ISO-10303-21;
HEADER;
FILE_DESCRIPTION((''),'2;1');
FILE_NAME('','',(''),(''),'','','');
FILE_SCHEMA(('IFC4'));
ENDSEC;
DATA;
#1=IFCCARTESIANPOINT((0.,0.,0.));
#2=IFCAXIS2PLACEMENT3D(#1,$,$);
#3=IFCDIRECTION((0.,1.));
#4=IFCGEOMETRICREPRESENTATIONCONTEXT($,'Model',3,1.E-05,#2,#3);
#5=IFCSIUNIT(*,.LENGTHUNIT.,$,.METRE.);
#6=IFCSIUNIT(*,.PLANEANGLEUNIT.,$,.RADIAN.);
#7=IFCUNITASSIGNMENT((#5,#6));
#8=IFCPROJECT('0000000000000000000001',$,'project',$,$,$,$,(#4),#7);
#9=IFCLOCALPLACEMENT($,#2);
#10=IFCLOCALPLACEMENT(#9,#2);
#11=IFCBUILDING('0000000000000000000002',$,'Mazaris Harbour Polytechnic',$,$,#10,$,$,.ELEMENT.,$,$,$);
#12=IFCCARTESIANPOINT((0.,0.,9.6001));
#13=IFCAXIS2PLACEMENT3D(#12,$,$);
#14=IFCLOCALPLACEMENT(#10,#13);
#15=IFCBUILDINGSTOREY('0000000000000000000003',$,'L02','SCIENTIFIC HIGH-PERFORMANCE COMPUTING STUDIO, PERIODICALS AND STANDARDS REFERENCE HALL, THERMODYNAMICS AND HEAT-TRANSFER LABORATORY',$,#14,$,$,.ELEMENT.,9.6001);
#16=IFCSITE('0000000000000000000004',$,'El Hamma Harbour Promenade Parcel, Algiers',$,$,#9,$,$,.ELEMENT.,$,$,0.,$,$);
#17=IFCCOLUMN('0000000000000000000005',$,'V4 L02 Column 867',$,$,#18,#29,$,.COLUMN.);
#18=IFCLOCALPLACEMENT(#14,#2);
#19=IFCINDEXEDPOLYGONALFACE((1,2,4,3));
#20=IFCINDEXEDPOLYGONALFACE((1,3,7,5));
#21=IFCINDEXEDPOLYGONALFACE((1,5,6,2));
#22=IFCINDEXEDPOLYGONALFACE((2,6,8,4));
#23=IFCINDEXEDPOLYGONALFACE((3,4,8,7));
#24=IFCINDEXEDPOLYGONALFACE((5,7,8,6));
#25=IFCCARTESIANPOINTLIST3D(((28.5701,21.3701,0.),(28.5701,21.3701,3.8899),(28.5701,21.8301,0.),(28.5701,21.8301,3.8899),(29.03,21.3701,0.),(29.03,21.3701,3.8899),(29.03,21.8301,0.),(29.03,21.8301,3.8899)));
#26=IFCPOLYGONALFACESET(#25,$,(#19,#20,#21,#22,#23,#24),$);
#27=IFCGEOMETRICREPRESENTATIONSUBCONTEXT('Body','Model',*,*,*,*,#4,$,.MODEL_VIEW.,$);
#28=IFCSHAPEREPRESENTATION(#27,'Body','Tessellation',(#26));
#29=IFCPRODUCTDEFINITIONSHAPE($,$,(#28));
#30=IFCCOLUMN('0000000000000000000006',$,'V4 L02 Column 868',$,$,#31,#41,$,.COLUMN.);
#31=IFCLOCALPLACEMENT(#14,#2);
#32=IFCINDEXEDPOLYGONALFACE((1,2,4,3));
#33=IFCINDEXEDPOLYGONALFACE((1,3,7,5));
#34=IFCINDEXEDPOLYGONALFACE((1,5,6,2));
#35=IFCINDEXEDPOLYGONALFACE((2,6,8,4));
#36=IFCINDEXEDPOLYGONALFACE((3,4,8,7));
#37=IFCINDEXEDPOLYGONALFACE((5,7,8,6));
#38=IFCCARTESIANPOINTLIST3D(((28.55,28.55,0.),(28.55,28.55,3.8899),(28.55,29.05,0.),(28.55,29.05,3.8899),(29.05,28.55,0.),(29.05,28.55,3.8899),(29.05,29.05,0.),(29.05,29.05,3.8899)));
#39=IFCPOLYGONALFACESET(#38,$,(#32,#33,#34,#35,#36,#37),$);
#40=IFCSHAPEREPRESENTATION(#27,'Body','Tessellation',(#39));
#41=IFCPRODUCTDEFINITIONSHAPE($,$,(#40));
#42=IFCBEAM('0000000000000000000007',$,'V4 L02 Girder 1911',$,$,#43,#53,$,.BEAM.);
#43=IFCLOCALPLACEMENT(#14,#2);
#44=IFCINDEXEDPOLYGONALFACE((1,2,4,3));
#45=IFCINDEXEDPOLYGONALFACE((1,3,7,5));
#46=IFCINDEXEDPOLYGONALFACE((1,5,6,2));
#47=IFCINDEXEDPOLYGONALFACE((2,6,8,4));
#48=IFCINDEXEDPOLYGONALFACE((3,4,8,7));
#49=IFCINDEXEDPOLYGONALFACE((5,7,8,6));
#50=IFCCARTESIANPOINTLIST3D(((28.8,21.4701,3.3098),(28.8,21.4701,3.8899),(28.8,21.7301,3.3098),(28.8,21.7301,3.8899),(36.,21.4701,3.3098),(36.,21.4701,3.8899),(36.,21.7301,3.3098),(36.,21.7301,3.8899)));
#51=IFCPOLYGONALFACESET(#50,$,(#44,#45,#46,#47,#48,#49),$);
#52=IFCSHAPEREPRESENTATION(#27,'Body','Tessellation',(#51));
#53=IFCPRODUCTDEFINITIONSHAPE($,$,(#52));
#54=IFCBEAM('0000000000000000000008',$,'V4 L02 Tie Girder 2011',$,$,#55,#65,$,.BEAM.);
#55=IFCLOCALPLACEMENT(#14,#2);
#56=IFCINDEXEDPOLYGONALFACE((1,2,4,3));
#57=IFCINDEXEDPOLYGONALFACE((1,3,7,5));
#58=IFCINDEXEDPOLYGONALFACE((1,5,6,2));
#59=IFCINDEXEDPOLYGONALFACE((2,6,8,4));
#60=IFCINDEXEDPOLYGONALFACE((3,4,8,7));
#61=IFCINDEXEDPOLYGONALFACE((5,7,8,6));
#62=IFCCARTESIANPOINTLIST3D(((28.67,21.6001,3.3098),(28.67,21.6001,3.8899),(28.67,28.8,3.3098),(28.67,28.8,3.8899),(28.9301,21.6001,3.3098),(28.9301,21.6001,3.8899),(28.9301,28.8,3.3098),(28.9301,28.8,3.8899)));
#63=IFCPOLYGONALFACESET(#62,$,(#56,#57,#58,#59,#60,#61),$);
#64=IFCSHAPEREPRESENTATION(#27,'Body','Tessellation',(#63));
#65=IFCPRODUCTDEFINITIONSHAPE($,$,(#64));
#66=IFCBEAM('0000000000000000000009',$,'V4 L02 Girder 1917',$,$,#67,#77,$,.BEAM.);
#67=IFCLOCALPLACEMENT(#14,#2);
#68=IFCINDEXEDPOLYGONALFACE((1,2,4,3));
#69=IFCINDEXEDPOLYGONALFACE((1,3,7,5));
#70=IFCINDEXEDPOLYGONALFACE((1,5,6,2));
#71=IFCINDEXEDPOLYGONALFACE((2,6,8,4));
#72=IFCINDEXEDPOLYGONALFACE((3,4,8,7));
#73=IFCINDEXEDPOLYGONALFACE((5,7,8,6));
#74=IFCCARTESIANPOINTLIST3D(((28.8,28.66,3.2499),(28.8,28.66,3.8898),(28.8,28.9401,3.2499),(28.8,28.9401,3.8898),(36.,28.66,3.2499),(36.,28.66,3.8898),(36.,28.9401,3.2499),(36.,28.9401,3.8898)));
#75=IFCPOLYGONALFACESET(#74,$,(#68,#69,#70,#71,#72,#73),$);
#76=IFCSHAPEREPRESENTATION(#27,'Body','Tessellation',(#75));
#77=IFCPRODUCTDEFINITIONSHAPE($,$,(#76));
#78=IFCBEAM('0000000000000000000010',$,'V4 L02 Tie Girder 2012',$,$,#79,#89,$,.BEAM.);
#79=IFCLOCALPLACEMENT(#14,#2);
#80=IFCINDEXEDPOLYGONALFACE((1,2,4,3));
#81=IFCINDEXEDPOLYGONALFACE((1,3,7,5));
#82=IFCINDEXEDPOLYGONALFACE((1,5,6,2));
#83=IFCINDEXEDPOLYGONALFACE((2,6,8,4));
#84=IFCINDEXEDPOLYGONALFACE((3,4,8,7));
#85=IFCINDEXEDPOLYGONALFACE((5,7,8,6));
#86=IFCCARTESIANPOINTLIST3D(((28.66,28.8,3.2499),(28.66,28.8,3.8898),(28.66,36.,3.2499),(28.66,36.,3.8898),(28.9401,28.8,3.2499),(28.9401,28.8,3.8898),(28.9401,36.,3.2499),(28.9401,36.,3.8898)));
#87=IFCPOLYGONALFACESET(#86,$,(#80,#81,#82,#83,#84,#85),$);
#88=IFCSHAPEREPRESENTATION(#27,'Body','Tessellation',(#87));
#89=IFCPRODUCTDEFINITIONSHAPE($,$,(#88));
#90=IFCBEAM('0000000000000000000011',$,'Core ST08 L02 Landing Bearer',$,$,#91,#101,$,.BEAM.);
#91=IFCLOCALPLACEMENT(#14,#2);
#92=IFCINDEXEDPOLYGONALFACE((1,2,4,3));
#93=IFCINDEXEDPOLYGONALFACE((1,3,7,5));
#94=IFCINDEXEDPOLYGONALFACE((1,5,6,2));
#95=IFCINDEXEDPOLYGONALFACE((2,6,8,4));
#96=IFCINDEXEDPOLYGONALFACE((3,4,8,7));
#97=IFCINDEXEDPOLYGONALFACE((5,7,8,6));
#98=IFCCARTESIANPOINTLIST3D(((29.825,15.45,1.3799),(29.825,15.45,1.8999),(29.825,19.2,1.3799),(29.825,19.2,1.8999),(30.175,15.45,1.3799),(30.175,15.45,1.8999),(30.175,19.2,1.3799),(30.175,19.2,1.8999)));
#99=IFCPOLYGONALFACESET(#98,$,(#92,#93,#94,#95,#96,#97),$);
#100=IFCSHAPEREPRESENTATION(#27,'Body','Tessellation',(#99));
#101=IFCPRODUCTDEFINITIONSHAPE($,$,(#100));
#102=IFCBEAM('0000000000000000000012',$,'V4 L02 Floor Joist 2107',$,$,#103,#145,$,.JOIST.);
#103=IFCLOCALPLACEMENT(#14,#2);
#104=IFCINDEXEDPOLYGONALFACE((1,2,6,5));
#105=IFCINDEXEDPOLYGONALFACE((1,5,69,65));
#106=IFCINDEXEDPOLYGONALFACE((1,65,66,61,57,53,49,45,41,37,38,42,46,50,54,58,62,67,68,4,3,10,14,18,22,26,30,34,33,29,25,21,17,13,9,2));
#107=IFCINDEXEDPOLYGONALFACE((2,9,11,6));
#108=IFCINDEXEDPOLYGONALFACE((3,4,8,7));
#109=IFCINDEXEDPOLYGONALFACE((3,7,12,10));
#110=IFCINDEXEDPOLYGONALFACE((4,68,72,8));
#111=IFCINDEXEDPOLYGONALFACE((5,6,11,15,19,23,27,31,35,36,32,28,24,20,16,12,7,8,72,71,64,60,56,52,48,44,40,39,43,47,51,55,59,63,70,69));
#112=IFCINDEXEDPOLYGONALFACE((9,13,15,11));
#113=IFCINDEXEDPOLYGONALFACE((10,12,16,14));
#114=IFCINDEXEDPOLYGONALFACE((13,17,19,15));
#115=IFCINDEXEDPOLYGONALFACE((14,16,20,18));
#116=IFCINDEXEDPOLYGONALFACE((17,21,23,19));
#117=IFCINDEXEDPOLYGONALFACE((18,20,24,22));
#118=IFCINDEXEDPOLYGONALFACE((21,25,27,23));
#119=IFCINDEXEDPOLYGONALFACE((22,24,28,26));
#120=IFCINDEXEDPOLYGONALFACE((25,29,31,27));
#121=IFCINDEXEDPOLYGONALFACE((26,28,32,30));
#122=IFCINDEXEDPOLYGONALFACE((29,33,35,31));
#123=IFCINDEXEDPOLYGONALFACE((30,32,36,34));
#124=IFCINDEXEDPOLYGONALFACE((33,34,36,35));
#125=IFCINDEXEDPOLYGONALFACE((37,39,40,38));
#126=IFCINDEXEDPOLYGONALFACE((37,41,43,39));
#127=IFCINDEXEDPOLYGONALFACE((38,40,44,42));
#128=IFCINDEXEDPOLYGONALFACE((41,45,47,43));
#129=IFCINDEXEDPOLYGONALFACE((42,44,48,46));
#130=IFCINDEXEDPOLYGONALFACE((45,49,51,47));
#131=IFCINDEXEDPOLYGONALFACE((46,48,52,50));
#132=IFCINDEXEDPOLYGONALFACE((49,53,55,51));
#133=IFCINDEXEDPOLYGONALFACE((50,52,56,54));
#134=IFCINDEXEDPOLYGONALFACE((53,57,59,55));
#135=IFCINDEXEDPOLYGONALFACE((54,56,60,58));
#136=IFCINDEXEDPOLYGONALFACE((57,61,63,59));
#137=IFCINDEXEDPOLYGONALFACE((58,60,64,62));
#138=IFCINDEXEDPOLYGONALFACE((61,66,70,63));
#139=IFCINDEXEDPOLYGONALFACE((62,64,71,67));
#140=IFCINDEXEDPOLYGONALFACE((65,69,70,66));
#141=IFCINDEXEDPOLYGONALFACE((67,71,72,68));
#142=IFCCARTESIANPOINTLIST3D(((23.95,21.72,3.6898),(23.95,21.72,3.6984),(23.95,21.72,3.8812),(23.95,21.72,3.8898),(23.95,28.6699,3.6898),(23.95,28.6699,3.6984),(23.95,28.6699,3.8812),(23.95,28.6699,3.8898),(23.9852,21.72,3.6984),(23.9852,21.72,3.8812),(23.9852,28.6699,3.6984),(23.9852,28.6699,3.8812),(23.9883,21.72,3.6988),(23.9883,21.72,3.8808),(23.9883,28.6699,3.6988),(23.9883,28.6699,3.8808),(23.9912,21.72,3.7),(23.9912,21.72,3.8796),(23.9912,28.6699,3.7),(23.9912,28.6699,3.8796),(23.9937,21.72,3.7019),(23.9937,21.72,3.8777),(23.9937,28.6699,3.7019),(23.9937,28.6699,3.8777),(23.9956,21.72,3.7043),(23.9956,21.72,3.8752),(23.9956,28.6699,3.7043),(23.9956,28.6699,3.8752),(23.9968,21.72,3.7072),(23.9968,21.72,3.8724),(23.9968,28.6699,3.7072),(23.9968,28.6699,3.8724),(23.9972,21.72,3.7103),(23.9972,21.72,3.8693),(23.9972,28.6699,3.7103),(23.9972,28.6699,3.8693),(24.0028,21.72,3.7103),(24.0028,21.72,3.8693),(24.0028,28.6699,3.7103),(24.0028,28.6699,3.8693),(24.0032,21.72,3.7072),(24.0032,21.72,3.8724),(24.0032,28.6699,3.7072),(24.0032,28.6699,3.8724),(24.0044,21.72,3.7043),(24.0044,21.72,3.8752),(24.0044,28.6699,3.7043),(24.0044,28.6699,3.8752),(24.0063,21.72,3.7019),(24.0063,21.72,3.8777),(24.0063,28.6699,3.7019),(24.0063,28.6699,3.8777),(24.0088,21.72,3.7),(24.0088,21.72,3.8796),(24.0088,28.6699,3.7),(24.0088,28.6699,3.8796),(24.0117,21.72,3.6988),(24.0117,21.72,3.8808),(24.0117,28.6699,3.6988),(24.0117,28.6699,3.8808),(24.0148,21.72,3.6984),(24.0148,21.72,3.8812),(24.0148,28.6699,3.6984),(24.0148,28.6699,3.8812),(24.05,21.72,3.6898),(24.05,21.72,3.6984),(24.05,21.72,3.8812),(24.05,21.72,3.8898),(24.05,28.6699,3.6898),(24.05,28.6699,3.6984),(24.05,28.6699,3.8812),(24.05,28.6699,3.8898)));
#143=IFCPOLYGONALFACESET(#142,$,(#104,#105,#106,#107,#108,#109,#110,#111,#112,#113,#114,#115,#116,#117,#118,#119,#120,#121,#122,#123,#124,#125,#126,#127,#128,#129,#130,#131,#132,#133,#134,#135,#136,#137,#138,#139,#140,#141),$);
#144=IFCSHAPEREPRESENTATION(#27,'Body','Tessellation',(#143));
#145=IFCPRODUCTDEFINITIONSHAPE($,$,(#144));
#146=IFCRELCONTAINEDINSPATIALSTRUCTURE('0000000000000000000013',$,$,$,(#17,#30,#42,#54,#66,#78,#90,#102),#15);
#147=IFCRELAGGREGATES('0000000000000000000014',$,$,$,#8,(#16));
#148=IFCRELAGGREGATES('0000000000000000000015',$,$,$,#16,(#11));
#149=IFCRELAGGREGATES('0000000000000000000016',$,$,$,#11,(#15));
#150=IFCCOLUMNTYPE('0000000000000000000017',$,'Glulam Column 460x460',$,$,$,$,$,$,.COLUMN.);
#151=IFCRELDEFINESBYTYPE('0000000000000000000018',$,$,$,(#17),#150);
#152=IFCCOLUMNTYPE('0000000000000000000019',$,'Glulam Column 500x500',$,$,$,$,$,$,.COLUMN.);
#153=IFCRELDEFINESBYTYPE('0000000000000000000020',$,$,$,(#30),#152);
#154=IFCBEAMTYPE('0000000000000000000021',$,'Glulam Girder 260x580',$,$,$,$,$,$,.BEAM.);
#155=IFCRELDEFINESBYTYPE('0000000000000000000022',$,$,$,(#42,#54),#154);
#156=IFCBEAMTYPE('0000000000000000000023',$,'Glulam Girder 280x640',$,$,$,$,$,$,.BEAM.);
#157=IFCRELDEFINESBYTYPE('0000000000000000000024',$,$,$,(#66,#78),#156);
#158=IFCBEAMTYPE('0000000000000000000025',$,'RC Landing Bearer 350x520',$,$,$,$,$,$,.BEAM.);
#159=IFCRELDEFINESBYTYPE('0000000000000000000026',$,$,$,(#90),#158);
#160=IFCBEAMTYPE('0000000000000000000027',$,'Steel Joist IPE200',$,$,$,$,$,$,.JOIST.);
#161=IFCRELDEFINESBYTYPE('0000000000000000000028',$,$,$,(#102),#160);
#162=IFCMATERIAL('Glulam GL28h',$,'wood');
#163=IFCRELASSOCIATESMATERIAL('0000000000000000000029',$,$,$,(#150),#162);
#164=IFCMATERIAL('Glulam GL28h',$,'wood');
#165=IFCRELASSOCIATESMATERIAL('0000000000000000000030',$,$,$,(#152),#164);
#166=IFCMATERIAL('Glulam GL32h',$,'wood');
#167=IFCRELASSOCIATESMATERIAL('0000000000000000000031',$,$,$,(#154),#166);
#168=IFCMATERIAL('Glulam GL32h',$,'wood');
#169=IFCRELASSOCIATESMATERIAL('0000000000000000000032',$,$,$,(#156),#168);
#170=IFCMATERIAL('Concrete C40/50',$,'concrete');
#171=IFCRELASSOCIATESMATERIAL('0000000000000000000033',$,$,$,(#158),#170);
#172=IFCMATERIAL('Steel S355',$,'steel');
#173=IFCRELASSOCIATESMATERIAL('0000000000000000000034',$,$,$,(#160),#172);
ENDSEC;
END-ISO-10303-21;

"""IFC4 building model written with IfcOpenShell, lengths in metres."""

from ifc_helpers import new_model, si_unit, direction, frame, origin, origin_2d, place, context, subcontext, project, spatial, rectangle, i_section, extrude, material, material_profile, profile_set, type_object, element, save


model = new_model("IFC4")

# Units and contexts
model_context = context("Model", 3, precision=1e-05, world=origin(), true_north=direction((0.0, 1.0)))
body_context = subcontext(model_context, "Body", "Model", "MODEL_VIEW")
ifc_project = project(units=[si_unit("LENGTHUNIT", "METRE"), si_unit("PLANEANGLEUNIT", "RADIAN")], contexts=[model_context])

# Site, building, storey
site_placement = place(None, origin())
site = spatial("IfcSite", under=ifc_project, at=site_placement, Name="El Hamma Harbour Promenade Parcel, Algiers", CompositionType="ELEMENT", RefElevation=0.0)
building_placement = place(site_placement, origin())
building = spatial("IfcBuilding", under=site, at=building_placement, Name="Mazaris Harbour Polytechnic", CompositionType="ELEMENT")
storey_placement = place(building_placement, frame((0.0, 0.0, 9.6001)))
storey = spatial("IfcBuildingStorey", under=building, at=storey_placement, Name="L02", Description="SCIENTIFIC HIGH-PERFORMANCE COMPUTING STUDIO, PERIODICALS AND STANDARDS REFERENCE HALL, THERMODYNAMICS AND HEAT-TRANSFER LABORATORY", CompositionType="ELEMENT", Elevation=9.6001)

# Columns
ifc_material_1 = material(Name="Glulam GL28h", Category="wood")
ifc_material_profile_1 = material_profile(ifc_material_1, rectangle(XDim=0.46, YDim=0.46, at=origin_2d()), Name="RECT460x460")
ifc_profile_set_1 = profile_set([ifc_material_profile_1], Name="Glulam GL28h")
column_type_1 = type_object("IfcColumnType", Name="Glulam Column 460x460", PredefinedType="COLUMN", material=ifc_profile_set_1)
column_1_placement = place(storey_placement, frame((28.8, 21.6001, 0.0), z_axis=(0.0, 0.0, 1.0), x_axis=(1.0, 0.0, 0.0)))
element("IfcColumn", 1, at=column_1_placement, inside=storey, type_object=column_type_1, Name="V4 L02 Column 867", PredefinedType="COLUMN", context=body_context, shape_type="SweptSolid", body=[
    extrude(rectangle(XDim=0.46, YDim=0.46, at=origin_2d()), origin(), (0.0, 0.0, 1.0), 3.8899),
])
ifc_material_2 = material(Name="Glulam GL28h", Category="wood")
ifc_material_profile_2 = material_profile(ifc_material_2, rectangle(XDim=0.5, YDim=0.5, at=origin_2d()), Name="RECT500x500")
ifc_profile_set_2 = profile_set([ifc_material_profile_2], Name="Glulam GL28h")
column_type_2 = type_object("IfcColumnType", Name="Glulam Column 500x500", PredefinedType="COLUMN", material=ifc_profile_set_2)
column_2_placement = place(storey_placement, frame((28.8, 28.8, 0.0), z_axis=(0.0, 0.0, 1.0), x_axis=(1.0, 0.0, 0.0)))
element("IfcColumn", 2, at=column_2_placement, inside=storey, type_object=column_type_2, Name="V4 L02 Column 868", PredefinedType="COLUMN", context=body_context, shape_type="SweptSolid", body=[
    extrude(rectangle(XDim=0.5, YDim=0.5, at=origin_2d()), origin(), (0.0, 0.0, 1.0), 3.8899),
])

# Beams
ifc_material_3 = material(Name="Glulam GL32h", Category="wood")
ifc_material_profile_3 = material_profile(ifc_material_3, rectangle(XDim=0.26, YDim=0.5801, at=origin_2d()), Name="RECT260x580")
ifc_profile_set_3 = profile_set([ifc_material_profile_3], Name="Glulam GL32h")
beam_type_1 = type_object("IfcBeamType", Name="Glulam Girder 260x580", PredefinedType="BEAM", material=ifc_profile_set_3)
for number, where, z_axis, x_axis, name in (
    (3, (28.8, 21.6001, 3.5999), (1.0, 0.0, 0.0), (0.0, 1.0, 0.0), "V4 L02 Girder 1911"),
    (4, (28.8, 21.6001, 3.5999), (0.0, 1.0, 0.0), (-1.0, 0.0, 0.0), "V4 L02 Tie Girder 2011"),
):
    element("IfcBeam", number, at=place(storey_placement, frame(where, z_axis=z_axis, x_axis=x_axis)), inside=storey, type_object=beam_type_1, Name=name, PredefinedType="BEAM", context=body_context, shape_type="SweptSolid", body=[
        extrude(rectangle(XDim=0.26, YDim=0.5801, at=origin_2d()), origin(), (0.0, 0.0, 1.0), 7.2),
    ])
ifc_material_4 = material(Name="Glulam GL32h", Category="wood")
ifc_material_profile_4 = material_profile(ifc_material_4, rectangle(XDim=0.28, YDim=0.6399, at=origin_2d()), Name="RECT280x640")
ifc_profile_set_4 = profile_set([ifc_material_profile_4], Name="Glulam GL32h")
beam_type_2 = type_object("IfcBeamType", Name="Glulam Girder 280x640", PredefinedType="BEAM", material=ifc_profile_set_4)
for number, where, z_axis, x_axis, name in (
    (5, (28.8, 28.8, 3.5698), (1.0, 0.0, 0.0), (0.0, 1.0, 0.0), "V4 L02 Girder 1917"),
    (6, (28.8, 28.8, 3.5698), (0.0, 1.0, 0.0), (-1.0, 0.0, 0.0), "V4 L02 Tie Girder 2012"),
):
    element("IfcBeam", number, at=place(storey_placement, frame(where, z_axis=z_axis, x_axis=x_axis)), inside=storey, type_object=beam_type_2, Name=name, PredefinedType="BEAM", context=body_context, shape_type="SweptSolid", body=[
        extrude(rectangle(XDim=0.28, YDim=0.6399, at=origin_2d()), origin(), (0.0, 0.0, 1.0), 7.2),
    ])
ifc_material_5 = material(Name="Concrete C40/50", Category="concrete")
ifc_material_profile_5 = material_profile(ifc_material_5, rectangle(XDim=0.3501, YDim=0.52, at=origin_2d()), Name="RECT350x520")
ifc_profile_set_5 = profile_set([ifc_material_profile_5], Name="Concrete C40/50")
beam_type_3 = type_object("IfcBeamType", Name="RC Landing Bearer 350x520", PredefinedType="BEAM", material=ifc_profile_set_5)
beam_1_placement = place(storey_placement, frame((30.0, 15.45, 1.6399), z_axis=(0.0, 1.0, 0.0), x_axis=(-1.0, 0.0, 0.0)))
element("IfcBeam", 7, at=beam_1_placement, inside=storey, type_object=beam_type_3, Name="Core ST08 L02 Landing Bearer", PredefinedType="BEAM", context=body_context, shape_type="SweptSolid", body=[
    extrude(rectangle(XDim=0.3501, YDim=0.52, at=origin_2d()), origin(), (0.0, 0.0, 1.0), 3.75),
])
ifc_material_6 = material(Name="Steel S355", Category="steel")
ifc_material_profile_6 = material_profile(ifc_material_6, i_section(OverallWidth=0.1001, OverallDepth=0.2, WebThickness=0.0056, FlangeThickness=0.0085, FilletRadius=0.012, at=origin_2d()), Name="IPE 200")
ifc_profile_set_6 = profile_set([ifc_material_profile_6], Name="Steel S355")
beam_type_4 = type_object("IfcBeamType", Name="Steel Joist IPE200", PredefinedType="JOIST", material=ifc_profile_set_6)
beam_2_placement = place(storey_placement, frame((24.0, 21.72, 3.7898), z_axis=(0.0, 1.0, 0.0), x_axis=(-1.0, 0.0, 0.0)))
element("IfcBeam", 8, at=beam_2_placement, inside=storey, type_object=beam_type_4, Name="V4 L02 Floor Joist 2107", PredefinedType="JOIST", context=body_context, shape_type="SweptSolid", body=[
    extrude(i_section(OverallWidth=0.1001, OverallDepth=0.2, WebThickness=0.0056, FlangeThickness=0.0085, FilletRadius=0.012, at=origin_2d()), origin(), (0.0, 0.0, 1.0), 6.95),
])

save(model, "model.ifc")
